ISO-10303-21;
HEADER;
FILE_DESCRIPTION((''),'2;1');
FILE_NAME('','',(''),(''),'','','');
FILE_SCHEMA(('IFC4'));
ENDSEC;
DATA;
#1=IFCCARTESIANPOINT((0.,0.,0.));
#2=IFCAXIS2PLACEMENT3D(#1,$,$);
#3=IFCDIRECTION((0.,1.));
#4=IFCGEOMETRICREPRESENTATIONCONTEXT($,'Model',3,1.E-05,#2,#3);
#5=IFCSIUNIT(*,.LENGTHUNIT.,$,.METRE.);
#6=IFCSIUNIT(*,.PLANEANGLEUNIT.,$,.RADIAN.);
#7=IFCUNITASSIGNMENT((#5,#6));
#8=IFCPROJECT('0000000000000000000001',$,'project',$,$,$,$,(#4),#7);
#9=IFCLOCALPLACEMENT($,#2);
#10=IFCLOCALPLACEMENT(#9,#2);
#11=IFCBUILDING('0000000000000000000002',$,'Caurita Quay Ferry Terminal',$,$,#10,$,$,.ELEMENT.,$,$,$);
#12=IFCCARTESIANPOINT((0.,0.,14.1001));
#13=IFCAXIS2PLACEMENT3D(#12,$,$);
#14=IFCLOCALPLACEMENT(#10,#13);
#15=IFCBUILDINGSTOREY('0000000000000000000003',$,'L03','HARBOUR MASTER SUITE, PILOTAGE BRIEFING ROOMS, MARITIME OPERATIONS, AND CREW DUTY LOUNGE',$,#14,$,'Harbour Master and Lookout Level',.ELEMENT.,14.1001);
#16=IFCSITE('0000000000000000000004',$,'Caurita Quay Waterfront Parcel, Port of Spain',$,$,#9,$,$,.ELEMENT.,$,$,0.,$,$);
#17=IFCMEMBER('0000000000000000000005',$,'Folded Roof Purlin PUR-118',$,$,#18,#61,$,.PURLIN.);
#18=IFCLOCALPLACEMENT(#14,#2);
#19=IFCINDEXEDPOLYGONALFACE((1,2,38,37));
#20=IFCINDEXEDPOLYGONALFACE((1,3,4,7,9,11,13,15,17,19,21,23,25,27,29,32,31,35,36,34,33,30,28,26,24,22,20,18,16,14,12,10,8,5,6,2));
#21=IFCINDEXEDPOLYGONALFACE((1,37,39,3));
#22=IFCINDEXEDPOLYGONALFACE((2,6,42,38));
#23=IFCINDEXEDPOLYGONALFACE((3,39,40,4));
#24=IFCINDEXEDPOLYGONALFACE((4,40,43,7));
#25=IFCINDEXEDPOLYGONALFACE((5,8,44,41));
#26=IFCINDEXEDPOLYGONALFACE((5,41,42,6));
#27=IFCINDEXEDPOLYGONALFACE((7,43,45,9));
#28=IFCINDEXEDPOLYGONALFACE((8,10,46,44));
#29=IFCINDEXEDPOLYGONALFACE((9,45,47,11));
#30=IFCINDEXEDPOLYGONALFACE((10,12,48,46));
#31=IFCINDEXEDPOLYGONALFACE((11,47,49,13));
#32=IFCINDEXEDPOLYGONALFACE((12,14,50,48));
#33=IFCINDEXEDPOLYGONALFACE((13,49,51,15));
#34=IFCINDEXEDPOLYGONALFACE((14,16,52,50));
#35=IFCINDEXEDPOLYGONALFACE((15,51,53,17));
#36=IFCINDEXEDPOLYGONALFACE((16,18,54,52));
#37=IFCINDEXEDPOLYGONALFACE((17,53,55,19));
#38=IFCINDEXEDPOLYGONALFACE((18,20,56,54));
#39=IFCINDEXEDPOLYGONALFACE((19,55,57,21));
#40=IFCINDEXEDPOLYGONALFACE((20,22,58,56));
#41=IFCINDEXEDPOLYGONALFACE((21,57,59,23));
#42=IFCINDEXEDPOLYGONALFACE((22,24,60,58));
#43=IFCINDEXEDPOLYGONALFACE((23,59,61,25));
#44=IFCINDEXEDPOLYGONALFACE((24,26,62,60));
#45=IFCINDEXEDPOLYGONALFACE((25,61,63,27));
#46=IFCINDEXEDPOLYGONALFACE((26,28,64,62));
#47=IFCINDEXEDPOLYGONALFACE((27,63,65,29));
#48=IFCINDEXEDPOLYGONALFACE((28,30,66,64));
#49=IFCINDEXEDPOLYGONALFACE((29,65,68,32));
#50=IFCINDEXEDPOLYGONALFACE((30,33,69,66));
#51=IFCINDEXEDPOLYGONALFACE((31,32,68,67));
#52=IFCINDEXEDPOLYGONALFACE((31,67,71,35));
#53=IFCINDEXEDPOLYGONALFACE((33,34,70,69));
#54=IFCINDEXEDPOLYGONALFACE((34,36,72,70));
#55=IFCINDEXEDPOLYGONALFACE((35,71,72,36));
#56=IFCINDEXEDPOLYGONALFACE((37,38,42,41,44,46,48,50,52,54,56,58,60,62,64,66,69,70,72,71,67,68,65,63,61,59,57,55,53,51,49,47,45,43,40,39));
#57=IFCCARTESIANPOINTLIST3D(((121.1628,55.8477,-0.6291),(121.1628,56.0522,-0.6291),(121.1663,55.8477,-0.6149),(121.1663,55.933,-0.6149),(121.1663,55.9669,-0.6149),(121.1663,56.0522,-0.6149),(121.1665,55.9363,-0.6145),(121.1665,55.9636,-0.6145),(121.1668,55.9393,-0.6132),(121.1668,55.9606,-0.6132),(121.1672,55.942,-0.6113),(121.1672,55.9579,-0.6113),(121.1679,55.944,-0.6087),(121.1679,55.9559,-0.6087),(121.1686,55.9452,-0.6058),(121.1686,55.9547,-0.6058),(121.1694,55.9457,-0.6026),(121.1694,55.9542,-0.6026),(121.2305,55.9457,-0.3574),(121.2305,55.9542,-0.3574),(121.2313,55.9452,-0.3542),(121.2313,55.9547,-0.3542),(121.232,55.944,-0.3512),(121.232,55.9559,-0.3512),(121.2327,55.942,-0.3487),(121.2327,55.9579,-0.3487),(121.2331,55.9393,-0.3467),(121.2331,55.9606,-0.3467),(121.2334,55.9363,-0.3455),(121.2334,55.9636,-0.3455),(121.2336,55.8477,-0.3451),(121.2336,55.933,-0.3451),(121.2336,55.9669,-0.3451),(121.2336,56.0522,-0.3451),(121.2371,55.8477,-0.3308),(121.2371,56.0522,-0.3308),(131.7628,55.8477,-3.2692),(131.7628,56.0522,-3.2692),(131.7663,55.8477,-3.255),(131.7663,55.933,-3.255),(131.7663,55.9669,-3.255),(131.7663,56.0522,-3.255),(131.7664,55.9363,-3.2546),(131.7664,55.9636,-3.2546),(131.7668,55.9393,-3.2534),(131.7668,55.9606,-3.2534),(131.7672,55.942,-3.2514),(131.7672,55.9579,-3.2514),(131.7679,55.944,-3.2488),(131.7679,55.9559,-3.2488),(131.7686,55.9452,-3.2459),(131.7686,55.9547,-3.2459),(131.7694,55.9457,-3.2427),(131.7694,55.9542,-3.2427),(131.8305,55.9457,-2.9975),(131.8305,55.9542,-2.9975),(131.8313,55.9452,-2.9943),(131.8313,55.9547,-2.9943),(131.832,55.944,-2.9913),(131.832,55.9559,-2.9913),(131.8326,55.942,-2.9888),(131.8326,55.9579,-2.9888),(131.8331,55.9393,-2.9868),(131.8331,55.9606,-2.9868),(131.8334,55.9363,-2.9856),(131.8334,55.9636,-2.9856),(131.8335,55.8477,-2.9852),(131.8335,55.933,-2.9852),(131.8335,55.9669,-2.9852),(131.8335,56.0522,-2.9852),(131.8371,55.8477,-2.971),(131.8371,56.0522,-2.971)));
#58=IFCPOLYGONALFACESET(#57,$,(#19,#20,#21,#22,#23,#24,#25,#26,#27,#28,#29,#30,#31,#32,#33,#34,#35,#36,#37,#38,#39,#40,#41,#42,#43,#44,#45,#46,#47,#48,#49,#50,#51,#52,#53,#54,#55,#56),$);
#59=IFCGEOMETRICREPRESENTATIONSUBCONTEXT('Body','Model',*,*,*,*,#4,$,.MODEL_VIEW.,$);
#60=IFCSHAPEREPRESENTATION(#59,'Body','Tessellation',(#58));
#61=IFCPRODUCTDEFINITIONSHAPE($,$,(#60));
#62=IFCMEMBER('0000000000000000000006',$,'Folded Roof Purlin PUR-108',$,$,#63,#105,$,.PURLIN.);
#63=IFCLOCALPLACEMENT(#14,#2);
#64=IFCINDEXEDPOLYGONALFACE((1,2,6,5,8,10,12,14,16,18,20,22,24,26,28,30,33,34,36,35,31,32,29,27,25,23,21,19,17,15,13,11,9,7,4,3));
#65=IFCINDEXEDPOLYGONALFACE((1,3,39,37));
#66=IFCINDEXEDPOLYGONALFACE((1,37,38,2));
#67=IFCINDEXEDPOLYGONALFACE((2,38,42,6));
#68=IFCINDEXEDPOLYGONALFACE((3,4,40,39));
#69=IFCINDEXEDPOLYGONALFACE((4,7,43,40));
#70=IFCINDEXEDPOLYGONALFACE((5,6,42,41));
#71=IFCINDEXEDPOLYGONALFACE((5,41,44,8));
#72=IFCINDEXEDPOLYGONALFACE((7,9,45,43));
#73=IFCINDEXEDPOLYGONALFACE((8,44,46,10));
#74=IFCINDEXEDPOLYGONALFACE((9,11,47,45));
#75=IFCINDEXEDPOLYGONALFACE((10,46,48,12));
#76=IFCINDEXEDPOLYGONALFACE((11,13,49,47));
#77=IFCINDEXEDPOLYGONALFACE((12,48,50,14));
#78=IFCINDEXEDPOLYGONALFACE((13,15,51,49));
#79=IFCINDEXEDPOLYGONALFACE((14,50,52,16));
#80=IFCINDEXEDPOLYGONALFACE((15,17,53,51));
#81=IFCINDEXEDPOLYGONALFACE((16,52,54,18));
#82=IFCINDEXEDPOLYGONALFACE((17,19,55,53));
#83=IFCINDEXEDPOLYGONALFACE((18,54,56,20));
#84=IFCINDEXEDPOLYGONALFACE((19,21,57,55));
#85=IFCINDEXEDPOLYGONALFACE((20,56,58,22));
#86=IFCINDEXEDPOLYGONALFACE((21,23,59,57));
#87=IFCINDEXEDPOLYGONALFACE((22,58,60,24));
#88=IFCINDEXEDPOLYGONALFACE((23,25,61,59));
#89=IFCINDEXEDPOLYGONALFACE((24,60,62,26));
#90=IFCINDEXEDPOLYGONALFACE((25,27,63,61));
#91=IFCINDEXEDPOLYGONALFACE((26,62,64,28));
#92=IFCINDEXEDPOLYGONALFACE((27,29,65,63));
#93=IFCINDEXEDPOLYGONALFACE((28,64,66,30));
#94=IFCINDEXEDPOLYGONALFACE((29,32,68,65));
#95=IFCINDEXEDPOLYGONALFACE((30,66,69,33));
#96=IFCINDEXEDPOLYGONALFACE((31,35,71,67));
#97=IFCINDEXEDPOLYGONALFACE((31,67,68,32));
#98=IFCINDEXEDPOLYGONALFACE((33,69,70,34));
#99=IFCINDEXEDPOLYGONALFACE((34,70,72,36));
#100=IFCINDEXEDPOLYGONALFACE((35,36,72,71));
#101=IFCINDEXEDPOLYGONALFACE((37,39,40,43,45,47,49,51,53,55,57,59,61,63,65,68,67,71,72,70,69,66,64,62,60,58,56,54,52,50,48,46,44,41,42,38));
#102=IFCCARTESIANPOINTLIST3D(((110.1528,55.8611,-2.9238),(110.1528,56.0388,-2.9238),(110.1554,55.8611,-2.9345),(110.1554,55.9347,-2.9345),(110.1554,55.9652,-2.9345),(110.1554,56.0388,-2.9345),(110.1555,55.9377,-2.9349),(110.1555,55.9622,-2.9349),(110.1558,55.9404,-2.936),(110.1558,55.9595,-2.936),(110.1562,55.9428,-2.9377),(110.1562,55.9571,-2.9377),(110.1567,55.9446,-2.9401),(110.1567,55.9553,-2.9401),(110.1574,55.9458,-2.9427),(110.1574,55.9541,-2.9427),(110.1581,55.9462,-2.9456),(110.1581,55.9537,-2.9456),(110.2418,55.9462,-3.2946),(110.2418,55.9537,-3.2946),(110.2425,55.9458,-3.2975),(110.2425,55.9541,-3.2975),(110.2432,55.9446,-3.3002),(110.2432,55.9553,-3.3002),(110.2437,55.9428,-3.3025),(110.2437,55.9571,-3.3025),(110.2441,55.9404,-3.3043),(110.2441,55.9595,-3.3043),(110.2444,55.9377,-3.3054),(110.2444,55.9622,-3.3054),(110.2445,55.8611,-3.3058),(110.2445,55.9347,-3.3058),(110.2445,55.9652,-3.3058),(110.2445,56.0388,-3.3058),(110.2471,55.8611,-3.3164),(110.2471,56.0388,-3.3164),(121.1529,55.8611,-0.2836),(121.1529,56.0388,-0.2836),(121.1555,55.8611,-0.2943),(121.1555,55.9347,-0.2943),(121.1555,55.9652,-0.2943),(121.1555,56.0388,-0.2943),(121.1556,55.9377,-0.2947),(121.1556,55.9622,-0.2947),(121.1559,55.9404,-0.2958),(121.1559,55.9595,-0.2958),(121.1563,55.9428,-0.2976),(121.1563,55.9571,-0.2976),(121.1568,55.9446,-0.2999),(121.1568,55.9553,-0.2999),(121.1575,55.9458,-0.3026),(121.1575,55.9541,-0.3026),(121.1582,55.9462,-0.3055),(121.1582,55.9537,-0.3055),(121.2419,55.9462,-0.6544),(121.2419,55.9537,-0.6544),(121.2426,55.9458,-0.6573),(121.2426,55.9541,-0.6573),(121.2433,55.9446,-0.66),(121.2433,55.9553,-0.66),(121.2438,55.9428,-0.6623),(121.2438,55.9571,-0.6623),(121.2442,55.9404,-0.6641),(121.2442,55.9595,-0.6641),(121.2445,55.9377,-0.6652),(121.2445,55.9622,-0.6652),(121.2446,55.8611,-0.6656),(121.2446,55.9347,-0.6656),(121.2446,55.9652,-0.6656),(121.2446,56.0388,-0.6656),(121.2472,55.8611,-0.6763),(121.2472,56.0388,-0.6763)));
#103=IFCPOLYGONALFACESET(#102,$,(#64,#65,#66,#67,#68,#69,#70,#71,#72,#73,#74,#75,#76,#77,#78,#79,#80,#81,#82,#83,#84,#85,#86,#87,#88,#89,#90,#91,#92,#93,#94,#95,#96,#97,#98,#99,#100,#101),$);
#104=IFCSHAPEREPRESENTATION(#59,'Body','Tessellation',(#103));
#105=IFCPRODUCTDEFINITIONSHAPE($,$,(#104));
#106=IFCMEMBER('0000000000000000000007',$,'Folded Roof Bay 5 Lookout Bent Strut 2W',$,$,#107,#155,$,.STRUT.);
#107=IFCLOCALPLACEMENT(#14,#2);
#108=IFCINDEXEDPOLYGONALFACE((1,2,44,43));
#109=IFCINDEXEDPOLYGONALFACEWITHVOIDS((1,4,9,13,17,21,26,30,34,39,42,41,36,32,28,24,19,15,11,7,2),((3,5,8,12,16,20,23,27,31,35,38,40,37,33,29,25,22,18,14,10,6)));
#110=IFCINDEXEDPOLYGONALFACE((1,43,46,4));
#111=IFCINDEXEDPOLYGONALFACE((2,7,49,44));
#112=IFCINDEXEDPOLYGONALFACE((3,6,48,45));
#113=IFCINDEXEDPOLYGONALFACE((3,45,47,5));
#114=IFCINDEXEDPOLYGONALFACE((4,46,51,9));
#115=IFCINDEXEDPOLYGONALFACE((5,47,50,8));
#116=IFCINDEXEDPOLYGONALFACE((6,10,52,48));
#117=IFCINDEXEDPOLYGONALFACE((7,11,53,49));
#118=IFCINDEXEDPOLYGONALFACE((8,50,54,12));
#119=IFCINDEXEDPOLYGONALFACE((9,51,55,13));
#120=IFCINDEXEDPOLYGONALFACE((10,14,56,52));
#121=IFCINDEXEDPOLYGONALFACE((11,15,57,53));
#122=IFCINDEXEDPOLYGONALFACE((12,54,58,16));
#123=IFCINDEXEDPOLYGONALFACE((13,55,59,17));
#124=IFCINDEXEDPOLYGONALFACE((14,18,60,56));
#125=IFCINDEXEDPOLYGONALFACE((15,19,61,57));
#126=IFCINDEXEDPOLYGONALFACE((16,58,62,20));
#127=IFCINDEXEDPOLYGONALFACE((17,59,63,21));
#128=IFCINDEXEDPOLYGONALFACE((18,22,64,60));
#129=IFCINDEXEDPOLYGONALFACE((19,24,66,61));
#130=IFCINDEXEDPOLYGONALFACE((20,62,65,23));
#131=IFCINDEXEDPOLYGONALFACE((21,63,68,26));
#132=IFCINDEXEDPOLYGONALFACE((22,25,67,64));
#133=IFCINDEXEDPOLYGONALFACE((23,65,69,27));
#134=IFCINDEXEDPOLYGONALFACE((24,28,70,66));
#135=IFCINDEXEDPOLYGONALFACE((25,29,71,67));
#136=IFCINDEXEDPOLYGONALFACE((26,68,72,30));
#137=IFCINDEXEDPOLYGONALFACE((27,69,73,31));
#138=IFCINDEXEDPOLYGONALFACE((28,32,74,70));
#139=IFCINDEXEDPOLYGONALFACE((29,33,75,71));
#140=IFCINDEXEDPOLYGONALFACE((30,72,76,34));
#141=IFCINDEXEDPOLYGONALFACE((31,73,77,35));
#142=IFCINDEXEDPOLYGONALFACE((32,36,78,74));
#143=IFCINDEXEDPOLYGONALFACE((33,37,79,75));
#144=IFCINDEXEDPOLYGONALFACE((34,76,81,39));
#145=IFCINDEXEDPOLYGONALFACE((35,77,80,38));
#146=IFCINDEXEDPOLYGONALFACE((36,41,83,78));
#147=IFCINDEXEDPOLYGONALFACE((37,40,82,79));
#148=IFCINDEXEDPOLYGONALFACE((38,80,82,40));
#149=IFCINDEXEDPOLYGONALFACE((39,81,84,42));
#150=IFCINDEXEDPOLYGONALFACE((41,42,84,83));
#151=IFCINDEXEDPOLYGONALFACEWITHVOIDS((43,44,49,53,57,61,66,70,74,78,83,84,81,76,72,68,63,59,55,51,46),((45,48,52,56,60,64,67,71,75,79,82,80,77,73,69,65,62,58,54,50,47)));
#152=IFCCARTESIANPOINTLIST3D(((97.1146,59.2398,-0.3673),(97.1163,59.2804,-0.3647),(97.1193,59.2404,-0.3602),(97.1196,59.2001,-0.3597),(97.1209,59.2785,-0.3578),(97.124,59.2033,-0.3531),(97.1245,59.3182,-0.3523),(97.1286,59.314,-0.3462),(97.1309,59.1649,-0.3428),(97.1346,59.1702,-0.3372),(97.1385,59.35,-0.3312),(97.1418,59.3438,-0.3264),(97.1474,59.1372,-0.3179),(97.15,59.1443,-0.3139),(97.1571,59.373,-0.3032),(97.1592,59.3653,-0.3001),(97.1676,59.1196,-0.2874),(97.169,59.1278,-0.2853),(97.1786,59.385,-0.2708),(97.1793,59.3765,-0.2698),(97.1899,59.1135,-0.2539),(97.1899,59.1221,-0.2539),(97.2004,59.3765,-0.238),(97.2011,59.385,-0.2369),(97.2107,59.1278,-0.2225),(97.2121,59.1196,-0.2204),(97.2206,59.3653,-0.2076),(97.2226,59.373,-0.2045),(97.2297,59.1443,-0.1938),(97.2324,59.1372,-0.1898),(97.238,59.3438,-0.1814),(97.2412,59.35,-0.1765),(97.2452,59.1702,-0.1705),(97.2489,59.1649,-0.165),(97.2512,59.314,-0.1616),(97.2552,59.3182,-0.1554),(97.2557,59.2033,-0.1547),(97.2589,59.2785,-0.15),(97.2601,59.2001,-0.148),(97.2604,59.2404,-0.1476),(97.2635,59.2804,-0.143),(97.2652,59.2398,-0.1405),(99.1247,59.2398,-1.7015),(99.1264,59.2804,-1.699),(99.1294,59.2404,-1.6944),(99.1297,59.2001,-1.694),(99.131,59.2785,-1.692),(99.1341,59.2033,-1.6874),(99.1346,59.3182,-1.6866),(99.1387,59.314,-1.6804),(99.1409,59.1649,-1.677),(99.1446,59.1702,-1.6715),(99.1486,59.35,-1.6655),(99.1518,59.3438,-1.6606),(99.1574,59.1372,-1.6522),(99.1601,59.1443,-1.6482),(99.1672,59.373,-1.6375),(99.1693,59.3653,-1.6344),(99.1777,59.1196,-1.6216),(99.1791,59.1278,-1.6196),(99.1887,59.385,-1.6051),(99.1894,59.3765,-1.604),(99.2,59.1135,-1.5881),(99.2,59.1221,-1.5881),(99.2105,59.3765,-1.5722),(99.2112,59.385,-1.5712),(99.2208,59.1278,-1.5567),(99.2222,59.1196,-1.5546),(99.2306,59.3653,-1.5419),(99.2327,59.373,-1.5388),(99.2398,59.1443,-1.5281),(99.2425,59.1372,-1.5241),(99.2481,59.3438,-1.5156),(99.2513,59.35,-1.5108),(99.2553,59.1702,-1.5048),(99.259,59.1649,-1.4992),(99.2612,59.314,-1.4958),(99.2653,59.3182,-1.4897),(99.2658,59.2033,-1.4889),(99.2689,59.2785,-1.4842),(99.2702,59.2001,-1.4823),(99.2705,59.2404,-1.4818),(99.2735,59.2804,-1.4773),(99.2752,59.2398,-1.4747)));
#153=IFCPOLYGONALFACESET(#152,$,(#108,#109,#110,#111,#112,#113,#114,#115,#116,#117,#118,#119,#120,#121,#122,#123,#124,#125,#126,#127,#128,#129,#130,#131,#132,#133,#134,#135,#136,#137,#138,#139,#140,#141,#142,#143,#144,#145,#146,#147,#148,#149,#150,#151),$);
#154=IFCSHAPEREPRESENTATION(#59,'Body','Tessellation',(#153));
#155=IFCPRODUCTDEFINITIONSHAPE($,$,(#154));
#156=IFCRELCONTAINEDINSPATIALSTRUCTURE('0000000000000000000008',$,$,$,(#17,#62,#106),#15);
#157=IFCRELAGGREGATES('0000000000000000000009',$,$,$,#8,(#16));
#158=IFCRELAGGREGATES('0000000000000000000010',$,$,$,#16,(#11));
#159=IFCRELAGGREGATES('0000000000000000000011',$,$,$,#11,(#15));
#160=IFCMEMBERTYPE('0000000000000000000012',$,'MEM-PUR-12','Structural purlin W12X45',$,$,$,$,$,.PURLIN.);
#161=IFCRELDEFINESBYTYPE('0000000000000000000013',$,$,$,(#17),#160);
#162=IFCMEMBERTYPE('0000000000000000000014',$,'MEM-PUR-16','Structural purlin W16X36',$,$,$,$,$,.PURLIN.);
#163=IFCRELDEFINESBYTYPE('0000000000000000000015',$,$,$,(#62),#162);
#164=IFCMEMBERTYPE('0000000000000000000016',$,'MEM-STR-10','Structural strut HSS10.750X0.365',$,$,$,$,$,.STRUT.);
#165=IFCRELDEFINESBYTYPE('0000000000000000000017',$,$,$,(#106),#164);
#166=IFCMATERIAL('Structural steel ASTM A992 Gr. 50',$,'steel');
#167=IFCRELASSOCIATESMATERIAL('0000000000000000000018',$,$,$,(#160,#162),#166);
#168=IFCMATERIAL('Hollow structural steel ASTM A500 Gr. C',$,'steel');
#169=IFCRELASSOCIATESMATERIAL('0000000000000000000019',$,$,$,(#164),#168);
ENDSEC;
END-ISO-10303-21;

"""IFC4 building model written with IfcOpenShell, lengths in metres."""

from ifc_helpers import new_model, si_unit, direction, frame, origin, origin_2d, place, context, subcontext, project, spatial, hollow_circle, i_section, extrude, material, material_profile, profile_set, type_object, element, save


model = new_model("IFC4")

# Units and contexts
model_context = context("Model", 3, precision=1e-05, world=origin(), true_north=direction((0.0, 1.0)))
body_context = subcontext(model_context, "Body", "Model", "MODEL_VIEW")
ifc_project = project(units=[si_unit("LENGTHUNIT", "METRE"), si_unit("PLANEANGLEUNIT", "RADIAN")], contexts=[model_context])

# Site, building, storey
site_placement = place(None, origin())
site = spatial("IfcSite", under=ifc_project, at=site_placement, Name="Caurita Quay Waterfront Parcel, Port of Spain", CompositionType="ELEMENT", RefElevation=0.0)
building_placement = place(site_placement, origin())
building = spatial("IfcBuilding", under=site, at=building_placement, Name="Caurita Quay Ferry Terminal", CompositionType="ELEMENT")
storey_placement = place(building_placement, frame((0.0, 0.0, 14.1001)))
storey = spatial("IfcBuildingStorey", under=building, at=storey_placement, Name="L03", Description="HARBOUR MASTER SUITE, PILOTAGE BRIEFING ROOMS, MARITIME OPERATIONS, AND CREW DUTY LOUNGE", LongName="Harbour Master and Lookout Level", CompositionType="ELEMENT", Elevation=14.1001)

# Shared definitions
ifc_material_1 = material(Name="Structural steel ASTM A992 Gr. 50", Category="steel")

# Members
ifc_material_profile_1 = material_profile(ifc_material_1, i_section(OverallWidth=0.2046, OverallDepth=0.3074, WebThickness=0.0085, FlangeThickness=0.0146, FilletRadius=0.0127, at=origin_2d()), Name="W12X45")
ifc_profile_set_1 = profile_set([ifc_material_profile_1], Name="Structural steel ASTM A992 Gr. 50")
member_type_1 = type_object("IfcMemberType", Name="MEM-PUR-12", Description="Structural purlin W12X45", PredefinedType="PURLIN", material=ifc_profile_set_1)
member_1_placement = place(storey_placement, frame((121.2, 55.95, -0.48), z_axis=(0.970355, 0.0, -0.241684), x_axis=(0.0, 1.0, 0.0)))
element("IfcMember", 1, at=member_1_placement, inside=storey, type_object=member_type_1, Name="Folded Roof Purlin PUR-118", PredefinedType="PURLIN", context=body_context, shape_type="SweptSolid", body=[
    extrude(i_section(OverallWidth=0.2046, OverallDepth=0.3074, WebThickness=0.0085, FlangeThickness=0.0146, FilletRadius=0.0127, at=origin_2d()), origin(), (0.0, 0.0, 1.0), 10.9238),
])
ifc_material_profile_2 = material_profile(ifc_material_1, i_section(OverallWidth=0.1777, OverallDepth=0.4038, WebThickness=0.0076, FlangeThickness=0.011, FilletRadius=0.0115, at=origin_2d()), Name="W16X36")
ifc_profile_set_2 = profile_set([ifc_material_profile_2], Name="Structural steel ASTM A992 Gr. 50")
member_type_2 = type_object("IfcMemberType", Name="MEM-PUR-16", Description="Structural purlin W16X36", PredefinedType="PURLIN", material=ifc_profile_set_2)
member_2_placement = place(storey_placement, frame((110.2, 55.95, -3.1201), z_axis=(0.972385, 0.0, 0.233384), x_axis=(0.0, 1.0, 0.0)))
element("IfcMember", 2, at=member_2_placement, inside=storey, type_object=member_type_2, Name="Folded Roof Purlin PUR-108", PredefinedType="PURLIN", context=body_context, shape_type="SweptSolid", body=[
    extrude(i_section(OverallWidth=0.1777, OverallDepth=0.4038, WebThickness=0.0076, FlangeThickness=0.011, FilletRadius=0.0115, at=origin_2d()), origin(), (0.0, 0.0, 1.0), 11.3125),
])
ifc_material_2 = material(Name="Hollow structural steel ASTM A500 Gr. C", Category="steel")
ifc_material_profile_3 = material_profile(ifc_material_2, hollow_circle(Radius=0.1365, WallThickness=0.0085, at=origin_2d()), Name="HSS10.750X0.365")
ifc_profile_set_3 = profile_set([ifc_material_profile_3], Name="Hollow structural steel ASTM A500 Gr. C")
member_type_3 = type_object("IfcMemberType", Name="MEM-STR-10", Description="Structural strut HSS10.750X0.365", PredefinedType="STRUT", material=ifc_profile_set_3)
for number, where, z_axis, x_axis, name in (
    (3, (99.2, 59.25, -1.5881), (-0.833154, 0.0, 0.553041), (0.0, -1.0, 0.0), "Folded Roof Bay 5 Lookout Bent Strut 2W"),
):
    element("IfcMember", number, at=place(storey_placement, frame(where, z_axis=z_axis, x_axis=x_axis)), inside=storey, type_object=member_type_3, Name=name, PredefinedType="STRUT", context=body_context, shape_type="SweptSolid", body=[
        extrude(hollow_circle(Radius=0.1365, WallThickness=0.0085, at=origin_2d()), origin(), (0.0, 0.0, 1.0), 2.4126),
    ])

save(model, "model.ifc")
